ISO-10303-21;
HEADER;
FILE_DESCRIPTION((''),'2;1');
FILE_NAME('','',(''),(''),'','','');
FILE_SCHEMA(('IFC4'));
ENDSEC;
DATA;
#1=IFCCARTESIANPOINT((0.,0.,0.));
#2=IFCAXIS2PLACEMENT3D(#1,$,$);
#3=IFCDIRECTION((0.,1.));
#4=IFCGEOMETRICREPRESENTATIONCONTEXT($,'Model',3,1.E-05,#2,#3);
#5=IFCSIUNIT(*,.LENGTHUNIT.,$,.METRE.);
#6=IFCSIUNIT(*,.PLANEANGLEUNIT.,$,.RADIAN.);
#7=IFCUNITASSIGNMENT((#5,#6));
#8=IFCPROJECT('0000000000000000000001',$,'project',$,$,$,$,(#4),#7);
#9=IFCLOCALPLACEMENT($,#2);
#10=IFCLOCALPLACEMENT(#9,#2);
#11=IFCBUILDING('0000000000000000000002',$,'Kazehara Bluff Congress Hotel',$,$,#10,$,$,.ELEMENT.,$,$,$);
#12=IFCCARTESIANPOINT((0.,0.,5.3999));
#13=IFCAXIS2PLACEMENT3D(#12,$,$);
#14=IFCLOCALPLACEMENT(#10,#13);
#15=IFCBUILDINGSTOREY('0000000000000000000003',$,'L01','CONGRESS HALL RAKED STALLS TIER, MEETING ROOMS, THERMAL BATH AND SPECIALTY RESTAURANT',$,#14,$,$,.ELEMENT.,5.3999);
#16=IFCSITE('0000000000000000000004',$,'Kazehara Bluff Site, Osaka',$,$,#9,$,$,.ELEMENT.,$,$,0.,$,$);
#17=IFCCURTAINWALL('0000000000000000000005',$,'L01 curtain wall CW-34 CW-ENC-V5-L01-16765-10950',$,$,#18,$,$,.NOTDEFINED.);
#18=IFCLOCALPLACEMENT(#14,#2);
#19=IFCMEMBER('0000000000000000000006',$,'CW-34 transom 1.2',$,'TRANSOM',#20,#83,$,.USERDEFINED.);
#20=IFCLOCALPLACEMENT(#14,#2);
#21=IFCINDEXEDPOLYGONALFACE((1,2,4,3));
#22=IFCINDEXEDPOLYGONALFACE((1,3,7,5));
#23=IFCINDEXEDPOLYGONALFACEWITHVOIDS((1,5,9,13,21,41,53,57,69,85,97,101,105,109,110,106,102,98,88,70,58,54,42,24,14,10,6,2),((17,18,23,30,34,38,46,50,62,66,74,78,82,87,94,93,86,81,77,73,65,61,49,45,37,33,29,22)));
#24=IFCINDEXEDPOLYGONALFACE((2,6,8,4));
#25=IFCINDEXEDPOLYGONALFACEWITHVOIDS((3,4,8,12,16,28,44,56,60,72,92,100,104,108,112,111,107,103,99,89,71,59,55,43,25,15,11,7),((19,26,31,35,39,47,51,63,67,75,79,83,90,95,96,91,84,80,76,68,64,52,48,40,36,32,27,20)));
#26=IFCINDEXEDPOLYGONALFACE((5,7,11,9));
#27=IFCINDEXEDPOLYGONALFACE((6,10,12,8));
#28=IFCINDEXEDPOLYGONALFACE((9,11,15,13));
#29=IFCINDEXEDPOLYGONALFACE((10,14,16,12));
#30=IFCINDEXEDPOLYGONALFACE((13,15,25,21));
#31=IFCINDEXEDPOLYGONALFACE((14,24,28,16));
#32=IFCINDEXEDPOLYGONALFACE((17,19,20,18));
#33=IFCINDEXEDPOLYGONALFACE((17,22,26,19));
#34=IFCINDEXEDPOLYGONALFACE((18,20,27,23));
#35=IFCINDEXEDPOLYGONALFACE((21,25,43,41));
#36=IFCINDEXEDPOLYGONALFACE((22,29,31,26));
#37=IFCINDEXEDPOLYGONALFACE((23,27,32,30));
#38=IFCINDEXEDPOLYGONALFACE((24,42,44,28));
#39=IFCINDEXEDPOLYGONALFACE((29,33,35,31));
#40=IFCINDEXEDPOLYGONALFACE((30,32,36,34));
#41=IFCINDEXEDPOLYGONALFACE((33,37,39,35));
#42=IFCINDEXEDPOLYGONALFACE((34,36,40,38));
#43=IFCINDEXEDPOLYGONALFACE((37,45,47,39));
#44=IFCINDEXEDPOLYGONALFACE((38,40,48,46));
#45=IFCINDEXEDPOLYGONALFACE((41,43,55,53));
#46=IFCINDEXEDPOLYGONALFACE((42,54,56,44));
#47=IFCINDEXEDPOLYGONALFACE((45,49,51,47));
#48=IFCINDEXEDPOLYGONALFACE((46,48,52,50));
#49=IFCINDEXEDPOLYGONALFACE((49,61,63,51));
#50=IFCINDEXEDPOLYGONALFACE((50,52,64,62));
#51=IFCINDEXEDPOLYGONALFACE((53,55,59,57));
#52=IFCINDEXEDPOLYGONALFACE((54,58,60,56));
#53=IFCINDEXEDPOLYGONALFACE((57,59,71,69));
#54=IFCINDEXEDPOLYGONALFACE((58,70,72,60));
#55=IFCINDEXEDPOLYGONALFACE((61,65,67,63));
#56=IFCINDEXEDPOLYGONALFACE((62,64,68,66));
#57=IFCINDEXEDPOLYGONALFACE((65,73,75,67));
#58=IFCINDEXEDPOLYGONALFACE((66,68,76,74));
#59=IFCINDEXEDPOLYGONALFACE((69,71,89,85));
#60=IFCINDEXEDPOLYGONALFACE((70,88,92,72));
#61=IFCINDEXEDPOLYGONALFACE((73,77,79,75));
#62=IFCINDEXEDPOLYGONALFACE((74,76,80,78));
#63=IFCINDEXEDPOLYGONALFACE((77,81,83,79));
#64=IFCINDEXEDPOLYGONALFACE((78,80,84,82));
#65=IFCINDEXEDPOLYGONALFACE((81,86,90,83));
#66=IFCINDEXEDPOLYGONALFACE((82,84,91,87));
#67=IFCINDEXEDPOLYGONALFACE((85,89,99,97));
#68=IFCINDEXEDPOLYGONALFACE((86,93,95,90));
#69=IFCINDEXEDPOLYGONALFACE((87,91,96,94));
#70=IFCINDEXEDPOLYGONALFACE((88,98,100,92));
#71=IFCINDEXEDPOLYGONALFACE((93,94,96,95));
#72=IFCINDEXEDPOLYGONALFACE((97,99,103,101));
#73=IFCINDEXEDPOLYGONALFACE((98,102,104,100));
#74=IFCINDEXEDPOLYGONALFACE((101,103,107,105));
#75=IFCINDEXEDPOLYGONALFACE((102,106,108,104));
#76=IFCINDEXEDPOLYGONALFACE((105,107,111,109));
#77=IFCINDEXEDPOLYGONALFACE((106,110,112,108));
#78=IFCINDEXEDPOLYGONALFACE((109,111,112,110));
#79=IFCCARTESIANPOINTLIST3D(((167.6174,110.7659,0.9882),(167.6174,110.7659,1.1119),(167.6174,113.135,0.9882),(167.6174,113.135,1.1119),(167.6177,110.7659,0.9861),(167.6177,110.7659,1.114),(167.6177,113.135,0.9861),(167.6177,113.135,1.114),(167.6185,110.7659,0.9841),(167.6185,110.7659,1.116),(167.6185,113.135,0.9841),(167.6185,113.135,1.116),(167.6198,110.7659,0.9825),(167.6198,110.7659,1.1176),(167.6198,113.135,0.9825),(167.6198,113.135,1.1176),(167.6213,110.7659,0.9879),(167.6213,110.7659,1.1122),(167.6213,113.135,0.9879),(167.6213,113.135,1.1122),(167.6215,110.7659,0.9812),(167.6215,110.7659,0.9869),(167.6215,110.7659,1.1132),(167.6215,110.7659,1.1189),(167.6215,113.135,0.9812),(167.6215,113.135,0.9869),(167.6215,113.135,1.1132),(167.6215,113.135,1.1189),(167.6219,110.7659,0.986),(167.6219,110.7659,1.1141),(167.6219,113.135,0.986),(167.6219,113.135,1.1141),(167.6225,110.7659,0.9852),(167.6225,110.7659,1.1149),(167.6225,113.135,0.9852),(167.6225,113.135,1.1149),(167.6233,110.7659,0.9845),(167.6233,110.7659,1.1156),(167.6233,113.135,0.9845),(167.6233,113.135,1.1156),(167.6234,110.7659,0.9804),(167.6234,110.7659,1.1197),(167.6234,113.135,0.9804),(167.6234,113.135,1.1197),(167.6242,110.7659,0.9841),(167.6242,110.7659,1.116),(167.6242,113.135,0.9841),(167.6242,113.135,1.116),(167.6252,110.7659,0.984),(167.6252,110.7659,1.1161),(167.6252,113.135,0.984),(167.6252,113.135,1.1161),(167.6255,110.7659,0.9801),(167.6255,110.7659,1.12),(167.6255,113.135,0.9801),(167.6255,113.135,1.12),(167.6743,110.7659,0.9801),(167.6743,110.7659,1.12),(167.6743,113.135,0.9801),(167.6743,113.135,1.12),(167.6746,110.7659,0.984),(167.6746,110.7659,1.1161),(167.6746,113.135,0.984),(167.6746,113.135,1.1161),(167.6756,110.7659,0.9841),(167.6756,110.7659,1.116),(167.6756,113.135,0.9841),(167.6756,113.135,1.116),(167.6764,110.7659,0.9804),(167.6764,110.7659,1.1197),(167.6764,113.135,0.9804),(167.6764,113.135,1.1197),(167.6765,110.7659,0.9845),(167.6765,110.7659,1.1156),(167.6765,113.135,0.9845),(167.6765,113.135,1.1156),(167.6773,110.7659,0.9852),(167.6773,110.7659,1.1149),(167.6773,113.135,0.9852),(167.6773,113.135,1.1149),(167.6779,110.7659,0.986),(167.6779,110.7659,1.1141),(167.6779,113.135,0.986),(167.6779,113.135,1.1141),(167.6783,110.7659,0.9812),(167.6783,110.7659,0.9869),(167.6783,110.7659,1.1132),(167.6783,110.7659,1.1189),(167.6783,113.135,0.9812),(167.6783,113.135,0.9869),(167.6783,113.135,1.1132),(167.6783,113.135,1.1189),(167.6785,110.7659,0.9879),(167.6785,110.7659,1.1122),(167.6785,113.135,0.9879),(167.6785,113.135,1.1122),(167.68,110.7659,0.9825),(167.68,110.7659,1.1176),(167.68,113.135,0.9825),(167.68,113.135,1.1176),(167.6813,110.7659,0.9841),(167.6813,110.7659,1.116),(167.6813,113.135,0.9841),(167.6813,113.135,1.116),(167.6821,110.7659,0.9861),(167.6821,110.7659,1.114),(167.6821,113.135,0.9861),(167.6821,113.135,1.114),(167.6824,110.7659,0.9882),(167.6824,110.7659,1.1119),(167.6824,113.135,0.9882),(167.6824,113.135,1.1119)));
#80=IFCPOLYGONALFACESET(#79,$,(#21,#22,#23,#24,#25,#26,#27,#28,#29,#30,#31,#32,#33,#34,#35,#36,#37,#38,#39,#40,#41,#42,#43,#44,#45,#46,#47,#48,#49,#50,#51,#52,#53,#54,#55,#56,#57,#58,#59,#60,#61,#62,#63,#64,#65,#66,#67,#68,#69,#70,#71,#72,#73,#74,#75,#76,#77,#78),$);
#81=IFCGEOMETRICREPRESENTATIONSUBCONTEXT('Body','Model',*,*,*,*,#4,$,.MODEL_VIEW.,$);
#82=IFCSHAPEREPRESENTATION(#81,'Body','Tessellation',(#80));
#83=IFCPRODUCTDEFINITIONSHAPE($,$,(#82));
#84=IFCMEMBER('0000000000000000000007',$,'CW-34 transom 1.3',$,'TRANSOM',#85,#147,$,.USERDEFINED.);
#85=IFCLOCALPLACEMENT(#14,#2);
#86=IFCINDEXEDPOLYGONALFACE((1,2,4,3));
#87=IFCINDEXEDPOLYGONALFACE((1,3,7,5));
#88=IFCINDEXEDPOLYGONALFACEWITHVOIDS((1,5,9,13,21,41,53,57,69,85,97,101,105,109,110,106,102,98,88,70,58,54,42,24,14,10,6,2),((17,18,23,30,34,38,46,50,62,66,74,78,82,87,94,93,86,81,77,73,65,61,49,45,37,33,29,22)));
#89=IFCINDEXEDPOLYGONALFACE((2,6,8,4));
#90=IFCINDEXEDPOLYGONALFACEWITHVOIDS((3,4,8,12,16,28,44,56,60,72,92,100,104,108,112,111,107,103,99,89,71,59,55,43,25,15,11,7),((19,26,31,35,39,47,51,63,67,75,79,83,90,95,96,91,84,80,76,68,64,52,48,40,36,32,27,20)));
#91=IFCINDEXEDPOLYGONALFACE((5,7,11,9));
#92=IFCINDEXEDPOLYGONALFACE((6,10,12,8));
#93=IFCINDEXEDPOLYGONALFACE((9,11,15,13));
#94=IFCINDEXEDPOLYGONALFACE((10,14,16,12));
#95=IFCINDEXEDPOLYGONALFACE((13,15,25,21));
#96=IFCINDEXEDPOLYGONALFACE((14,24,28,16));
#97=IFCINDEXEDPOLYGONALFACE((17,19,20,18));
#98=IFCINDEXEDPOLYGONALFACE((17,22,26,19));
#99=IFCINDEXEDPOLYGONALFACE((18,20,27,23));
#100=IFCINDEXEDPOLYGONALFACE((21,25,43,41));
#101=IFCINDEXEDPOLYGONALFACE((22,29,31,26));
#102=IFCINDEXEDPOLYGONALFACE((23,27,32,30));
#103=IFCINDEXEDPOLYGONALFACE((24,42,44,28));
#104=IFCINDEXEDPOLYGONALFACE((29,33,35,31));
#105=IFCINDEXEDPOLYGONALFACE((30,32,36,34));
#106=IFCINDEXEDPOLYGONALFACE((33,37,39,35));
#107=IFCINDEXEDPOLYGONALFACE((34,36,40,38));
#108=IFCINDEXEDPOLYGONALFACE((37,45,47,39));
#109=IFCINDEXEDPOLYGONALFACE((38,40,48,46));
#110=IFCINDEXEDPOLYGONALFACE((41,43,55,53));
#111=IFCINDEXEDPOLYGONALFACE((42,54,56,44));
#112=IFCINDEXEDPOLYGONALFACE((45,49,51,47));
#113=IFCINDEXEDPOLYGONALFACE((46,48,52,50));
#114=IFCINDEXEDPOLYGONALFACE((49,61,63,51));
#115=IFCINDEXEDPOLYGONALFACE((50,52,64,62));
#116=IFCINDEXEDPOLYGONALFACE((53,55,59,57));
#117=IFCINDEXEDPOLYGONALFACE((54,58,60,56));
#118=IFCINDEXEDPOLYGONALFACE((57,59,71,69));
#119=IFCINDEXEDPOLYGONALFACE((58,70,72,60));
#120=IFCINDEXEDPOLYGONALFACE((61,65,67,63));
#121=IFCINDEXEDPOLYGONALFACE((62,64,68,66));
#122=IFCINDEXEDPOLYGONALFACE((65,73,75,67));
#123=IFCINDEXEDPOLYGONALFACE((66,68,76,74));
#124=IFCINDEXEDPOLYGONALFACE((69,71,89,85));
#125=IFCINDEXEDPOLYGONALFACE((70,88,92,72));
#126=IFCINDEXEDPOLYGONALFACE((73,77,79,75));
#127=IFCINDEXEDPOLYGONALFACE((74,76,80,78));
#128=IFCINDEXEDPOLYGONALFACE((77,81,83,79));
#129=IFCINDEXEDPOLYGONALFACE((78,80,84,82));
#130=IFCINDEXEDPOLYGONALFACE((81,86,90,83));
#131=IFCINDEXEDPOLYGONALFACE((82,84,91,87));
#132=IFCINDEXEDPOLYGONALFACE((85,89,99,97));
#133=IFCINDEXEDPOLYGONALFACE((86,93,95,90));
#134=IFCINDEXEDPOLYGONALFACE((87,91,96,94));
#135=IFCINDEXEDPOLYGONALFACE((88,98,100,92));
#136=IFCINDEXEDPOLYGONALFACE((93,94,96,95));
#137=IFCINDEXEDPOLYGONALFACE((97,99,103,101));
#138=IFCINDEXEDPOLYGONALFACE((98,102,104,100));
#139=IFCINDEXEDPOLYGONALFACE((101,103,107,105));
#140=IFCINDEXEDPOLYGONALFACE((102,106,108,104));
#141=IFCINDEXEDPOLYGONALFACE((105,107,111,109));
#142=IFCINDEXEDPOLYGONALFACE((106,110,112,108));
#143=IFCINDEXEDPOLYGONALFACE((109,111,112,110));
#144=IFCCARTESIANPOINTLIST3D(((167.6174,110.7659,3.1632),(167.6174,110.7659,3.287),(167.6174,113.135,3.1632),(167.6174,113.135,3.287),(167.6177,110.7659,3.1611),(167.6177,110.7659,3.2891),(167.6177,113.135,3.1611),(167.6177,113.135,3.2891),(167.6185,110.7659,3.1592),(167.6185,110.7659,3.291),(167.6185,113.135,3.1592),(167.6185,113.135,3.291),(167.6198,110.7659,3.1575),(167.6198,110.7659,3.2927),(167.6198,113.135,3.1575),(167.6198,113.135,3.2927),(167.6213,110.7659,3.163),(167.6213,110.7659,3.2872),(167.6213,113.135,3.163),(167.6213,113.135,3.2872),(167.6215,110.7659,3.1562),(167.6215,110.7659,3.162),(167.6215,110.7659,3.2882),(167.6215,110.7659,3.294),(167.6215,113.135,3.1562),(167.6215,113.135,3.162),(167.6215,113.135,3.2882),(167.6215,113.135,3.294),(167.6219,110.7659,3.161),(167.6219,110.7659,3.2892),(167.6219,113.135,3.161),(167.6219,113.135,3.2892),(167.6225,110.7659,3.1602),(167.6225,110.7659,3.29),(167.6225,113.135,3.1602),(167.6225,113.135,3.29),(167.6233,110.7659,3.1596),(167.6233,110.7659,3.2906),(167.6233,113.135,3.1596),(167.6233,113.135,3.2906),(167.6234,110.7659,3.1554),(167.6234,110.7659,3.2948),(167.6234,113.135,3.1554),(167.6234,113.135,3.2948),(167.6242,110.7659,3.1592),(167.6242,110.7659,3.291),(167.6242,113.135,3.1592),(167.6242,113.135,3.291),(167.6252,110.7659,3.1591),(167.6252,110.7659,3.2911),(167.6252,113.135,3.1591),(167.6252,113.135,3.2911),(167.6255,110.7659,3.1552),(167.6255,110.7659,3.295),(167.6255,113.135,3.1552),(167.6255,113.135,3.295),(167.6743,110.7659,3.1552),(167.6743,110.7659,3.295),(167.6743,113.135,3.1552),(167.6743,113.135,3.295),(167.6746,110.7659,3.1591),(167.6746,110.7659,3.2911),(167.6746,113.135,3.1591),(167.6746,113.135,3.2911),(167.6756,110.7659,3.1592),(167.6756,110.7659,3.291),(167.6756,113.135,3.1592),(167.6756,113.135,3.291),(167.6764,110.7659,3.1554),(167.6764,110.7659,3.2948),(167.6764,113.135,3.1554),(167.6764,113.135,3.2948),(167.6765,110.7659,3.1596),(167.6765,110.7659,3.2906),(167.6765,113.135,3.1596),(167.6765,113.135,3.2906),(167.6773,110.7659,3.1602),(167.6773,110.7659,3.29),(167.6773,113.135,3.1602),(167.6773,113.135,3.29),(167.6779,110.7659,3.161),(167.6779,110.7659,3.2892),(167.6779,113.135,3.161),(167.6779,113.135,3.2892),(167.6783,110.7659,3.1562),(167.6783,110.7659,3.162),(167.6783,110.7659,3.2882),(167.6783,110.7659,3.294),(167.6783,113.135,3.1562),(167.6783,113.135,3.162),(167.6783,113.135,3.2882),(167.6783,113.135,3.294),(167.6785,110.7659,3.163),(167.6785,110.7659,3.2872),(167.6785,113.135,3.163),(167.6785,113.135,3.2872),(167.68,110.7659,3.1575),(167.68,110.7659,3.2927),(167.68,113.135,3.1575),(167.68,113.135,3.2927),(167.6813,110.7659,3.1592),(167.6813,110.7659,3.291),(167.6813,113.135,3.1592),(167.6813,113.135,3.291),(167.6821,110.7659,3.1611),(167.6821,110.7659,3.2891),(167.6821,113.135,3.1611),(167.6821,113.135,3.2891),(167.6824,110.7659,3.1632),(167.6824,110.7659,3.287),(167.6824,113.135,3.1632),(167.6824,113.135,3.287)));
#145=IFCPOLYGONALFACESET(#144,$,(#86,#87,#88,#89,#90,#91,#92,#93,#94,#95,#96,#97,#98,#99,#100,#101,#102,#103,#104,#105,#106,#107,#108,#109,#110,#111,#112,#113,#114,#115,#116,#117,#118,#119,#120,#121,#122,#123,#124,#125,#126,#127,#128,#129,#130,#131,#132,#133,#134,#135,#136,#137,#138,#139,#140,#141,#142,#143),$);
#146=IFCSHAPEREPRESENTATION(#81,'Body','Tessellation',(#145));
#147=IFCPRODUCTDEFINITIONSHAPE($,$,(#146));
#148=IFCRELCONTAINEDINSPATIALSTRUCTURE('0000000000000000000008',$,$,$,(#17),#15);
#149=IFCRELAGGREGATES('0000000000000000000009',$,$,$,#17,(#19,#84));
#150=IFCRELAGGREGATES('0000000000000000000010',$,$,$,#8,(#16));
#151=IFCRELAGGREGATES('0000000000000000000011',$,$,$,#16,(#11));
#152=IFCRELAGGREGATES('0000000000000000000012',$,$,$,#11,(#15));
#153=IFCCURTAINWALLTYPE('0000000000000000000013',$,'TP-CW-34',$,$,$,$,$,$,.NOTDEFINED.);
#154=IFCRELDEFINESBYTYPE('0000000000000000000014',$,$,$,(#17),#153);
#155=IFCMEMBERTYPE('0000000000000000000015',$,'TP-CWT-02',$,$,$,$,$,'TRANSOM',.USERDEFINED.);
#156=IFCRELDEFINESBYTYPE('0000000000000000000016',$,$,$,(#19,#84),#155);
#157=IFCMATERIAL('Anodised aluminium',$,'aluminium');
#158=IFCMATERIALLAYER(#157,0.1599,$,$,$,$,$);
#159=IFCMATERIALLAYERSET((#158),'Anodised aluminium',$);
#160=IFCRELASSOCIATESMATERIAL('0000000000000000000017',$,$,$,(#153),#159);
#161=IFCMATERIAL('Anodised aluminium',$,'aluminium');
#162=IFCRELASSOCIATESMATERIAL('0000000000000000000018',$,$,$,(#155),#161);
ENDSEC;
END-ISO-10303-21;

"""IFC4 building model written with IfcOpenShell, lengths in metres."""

from ifc_helpers import new_model, si_unit, direction, frame, origin, origin_2d, place, context, subcontext, project, spatial, hollow_rectangle, extrude, material, layer, layer_set, material_profile, profile_set, type_object, element, aggregate, save


model = new_model("IFC4")

# Units and contexts
model_context = context("Model", 3, precision=1e-05, world=origin(), true_north=direction((0.0, 1.0)))
body_context = subcontext(model_context, "Body", "Model", "MODEL_VIEW")
ifc_project = project(units=[si_unit("LENGTHUNIT", "METRE"), si_unit("PLANEANGLEUNIT", "RADIAN")], contexts=[model_context])

# Site, building, storey
site_placement = place(None, origin())
site = spatial("IfcSite", under=ifc_project, at=site_placement, Name="Kazehara Bluff Site, Osaka", CompositionType="ELEMENT", RefElevation=0.0)
building_placement = place(site_placement, origin())
building = spatial("IfcBuilding", under=site, at=building_placement, Name="Kazehara Bluff Congress Hotel", CompositionType="ELEMENT")
storey_placement = place(building_placement, frame((0.0, 0.0, 5.3999)))
storey = spatial("IfcBuildingStorey", under=building, at=storey_placement, Name="L01", Description="CONGRESS HALL RAKED STALLS TIER, MEETING ROOMS, THERMAL BATH AND SPECIALTY RESTAURANT", CompositionType="ELEMENT", Elevation=5.3999)

# Curtain wall
ifc_material_1 = material(Name="Anodised aluminium", Category="aluminium")
ifc_layer_1 = layer(ifc_material_1, 0.1599)
ifc_layer_set_1 = layer_set([ifc_layer_1], Name="Anodised aluminium")
curtain_wall_type_1 = type_object("IfcCurtainWallType", Name="TP-CW-34", PredefinedType="NOTDEFINED", material=ifc_layer_set_1)
curtain_wall_1_placement = place(storey_placement, origin())
curtain_wall_1 = element("IfcCurtainWall", 1, at=curtain_wall_1_placement, inside=storey, type_object=curtain_wall_type_1, Name="L01 curtain wall CW-34 CW-ENC-V5-L01-16765-10950", PredefinedType="NOTDEFINED")

# Members
ifc_material_2 = material(Name="Anodised aluminium", Category="aluminium")
ifc_material_profile_1 = material_profile(ifc_material_2, hollow_rectangle(XDim=0.0649, YDim=0.1399, WallThickness=0.0039, InnerFilletRadius=0.0039, OuterFilletRadius=0.0081, at=origin_2d()))
ifc_profile_set_1 = profile_set([ifc_material_profile_1], Name="Anodised aluminium")
member_type_1 = type_object("IfcMemberType", Name="TP-CWT-02", ElementType="TRANSOM", PredefinedType="USERDEFINED", material=ifc_profile_set_1)
member_1_placement = place(storey_placement, frame((167.6499, 113.135, 1.05), z_axis=(0.0, -1.0, 0.0), x_axis=(1.0, 0.0, 0.0)))
member_1 = element("IfcMember", 2, at=member_1_placement, type_object=member_type_1, Name="CW-34 transom 1.2", ObjectType="TRANSOM", PredefinedType="USERDEFINED", context=body_context, shape_type="SweptSolid", body=[
    extrude(hollow_rectangle(XDim=0.0649, YDim=0.1399, WallThickness=0.0039, InnerFilletRadius=0.0039, OuterFilletRadius=0.0081, at=origin_2d()), origin(), (0.0, 0.0, 1.0), 2.3691),
])
member_2_placement = place(storey_placement, frame((167.6499, 113.135, 3.2251), z_axis=(0.0, -1.0, 0.0), x_axis=(1.0, 0.0, 0.0)))
member_2 = element("IfcMember", 3, at=member_2_placement, type_object=member_type_1, Name="CW-34 transom 1.3", ObjectType="TRANSOM", PredefinedType="USERDEFINED", context=body_context, shape_type="SweptSolid", body=[
    extrude(hollow_rectangle(XDim=0.0649, YDim=0.1399, WallThickness=0.0039, InnerFilletRadius=0.0039, OuterFilletRadius=0.0081, at=origin_2d()), origin(), (0.0, 0.0, 1.0), 2.3691),
])

aggregate(curtain_wall_1, [member_1, member_2])

save(model, "model.ifc")
